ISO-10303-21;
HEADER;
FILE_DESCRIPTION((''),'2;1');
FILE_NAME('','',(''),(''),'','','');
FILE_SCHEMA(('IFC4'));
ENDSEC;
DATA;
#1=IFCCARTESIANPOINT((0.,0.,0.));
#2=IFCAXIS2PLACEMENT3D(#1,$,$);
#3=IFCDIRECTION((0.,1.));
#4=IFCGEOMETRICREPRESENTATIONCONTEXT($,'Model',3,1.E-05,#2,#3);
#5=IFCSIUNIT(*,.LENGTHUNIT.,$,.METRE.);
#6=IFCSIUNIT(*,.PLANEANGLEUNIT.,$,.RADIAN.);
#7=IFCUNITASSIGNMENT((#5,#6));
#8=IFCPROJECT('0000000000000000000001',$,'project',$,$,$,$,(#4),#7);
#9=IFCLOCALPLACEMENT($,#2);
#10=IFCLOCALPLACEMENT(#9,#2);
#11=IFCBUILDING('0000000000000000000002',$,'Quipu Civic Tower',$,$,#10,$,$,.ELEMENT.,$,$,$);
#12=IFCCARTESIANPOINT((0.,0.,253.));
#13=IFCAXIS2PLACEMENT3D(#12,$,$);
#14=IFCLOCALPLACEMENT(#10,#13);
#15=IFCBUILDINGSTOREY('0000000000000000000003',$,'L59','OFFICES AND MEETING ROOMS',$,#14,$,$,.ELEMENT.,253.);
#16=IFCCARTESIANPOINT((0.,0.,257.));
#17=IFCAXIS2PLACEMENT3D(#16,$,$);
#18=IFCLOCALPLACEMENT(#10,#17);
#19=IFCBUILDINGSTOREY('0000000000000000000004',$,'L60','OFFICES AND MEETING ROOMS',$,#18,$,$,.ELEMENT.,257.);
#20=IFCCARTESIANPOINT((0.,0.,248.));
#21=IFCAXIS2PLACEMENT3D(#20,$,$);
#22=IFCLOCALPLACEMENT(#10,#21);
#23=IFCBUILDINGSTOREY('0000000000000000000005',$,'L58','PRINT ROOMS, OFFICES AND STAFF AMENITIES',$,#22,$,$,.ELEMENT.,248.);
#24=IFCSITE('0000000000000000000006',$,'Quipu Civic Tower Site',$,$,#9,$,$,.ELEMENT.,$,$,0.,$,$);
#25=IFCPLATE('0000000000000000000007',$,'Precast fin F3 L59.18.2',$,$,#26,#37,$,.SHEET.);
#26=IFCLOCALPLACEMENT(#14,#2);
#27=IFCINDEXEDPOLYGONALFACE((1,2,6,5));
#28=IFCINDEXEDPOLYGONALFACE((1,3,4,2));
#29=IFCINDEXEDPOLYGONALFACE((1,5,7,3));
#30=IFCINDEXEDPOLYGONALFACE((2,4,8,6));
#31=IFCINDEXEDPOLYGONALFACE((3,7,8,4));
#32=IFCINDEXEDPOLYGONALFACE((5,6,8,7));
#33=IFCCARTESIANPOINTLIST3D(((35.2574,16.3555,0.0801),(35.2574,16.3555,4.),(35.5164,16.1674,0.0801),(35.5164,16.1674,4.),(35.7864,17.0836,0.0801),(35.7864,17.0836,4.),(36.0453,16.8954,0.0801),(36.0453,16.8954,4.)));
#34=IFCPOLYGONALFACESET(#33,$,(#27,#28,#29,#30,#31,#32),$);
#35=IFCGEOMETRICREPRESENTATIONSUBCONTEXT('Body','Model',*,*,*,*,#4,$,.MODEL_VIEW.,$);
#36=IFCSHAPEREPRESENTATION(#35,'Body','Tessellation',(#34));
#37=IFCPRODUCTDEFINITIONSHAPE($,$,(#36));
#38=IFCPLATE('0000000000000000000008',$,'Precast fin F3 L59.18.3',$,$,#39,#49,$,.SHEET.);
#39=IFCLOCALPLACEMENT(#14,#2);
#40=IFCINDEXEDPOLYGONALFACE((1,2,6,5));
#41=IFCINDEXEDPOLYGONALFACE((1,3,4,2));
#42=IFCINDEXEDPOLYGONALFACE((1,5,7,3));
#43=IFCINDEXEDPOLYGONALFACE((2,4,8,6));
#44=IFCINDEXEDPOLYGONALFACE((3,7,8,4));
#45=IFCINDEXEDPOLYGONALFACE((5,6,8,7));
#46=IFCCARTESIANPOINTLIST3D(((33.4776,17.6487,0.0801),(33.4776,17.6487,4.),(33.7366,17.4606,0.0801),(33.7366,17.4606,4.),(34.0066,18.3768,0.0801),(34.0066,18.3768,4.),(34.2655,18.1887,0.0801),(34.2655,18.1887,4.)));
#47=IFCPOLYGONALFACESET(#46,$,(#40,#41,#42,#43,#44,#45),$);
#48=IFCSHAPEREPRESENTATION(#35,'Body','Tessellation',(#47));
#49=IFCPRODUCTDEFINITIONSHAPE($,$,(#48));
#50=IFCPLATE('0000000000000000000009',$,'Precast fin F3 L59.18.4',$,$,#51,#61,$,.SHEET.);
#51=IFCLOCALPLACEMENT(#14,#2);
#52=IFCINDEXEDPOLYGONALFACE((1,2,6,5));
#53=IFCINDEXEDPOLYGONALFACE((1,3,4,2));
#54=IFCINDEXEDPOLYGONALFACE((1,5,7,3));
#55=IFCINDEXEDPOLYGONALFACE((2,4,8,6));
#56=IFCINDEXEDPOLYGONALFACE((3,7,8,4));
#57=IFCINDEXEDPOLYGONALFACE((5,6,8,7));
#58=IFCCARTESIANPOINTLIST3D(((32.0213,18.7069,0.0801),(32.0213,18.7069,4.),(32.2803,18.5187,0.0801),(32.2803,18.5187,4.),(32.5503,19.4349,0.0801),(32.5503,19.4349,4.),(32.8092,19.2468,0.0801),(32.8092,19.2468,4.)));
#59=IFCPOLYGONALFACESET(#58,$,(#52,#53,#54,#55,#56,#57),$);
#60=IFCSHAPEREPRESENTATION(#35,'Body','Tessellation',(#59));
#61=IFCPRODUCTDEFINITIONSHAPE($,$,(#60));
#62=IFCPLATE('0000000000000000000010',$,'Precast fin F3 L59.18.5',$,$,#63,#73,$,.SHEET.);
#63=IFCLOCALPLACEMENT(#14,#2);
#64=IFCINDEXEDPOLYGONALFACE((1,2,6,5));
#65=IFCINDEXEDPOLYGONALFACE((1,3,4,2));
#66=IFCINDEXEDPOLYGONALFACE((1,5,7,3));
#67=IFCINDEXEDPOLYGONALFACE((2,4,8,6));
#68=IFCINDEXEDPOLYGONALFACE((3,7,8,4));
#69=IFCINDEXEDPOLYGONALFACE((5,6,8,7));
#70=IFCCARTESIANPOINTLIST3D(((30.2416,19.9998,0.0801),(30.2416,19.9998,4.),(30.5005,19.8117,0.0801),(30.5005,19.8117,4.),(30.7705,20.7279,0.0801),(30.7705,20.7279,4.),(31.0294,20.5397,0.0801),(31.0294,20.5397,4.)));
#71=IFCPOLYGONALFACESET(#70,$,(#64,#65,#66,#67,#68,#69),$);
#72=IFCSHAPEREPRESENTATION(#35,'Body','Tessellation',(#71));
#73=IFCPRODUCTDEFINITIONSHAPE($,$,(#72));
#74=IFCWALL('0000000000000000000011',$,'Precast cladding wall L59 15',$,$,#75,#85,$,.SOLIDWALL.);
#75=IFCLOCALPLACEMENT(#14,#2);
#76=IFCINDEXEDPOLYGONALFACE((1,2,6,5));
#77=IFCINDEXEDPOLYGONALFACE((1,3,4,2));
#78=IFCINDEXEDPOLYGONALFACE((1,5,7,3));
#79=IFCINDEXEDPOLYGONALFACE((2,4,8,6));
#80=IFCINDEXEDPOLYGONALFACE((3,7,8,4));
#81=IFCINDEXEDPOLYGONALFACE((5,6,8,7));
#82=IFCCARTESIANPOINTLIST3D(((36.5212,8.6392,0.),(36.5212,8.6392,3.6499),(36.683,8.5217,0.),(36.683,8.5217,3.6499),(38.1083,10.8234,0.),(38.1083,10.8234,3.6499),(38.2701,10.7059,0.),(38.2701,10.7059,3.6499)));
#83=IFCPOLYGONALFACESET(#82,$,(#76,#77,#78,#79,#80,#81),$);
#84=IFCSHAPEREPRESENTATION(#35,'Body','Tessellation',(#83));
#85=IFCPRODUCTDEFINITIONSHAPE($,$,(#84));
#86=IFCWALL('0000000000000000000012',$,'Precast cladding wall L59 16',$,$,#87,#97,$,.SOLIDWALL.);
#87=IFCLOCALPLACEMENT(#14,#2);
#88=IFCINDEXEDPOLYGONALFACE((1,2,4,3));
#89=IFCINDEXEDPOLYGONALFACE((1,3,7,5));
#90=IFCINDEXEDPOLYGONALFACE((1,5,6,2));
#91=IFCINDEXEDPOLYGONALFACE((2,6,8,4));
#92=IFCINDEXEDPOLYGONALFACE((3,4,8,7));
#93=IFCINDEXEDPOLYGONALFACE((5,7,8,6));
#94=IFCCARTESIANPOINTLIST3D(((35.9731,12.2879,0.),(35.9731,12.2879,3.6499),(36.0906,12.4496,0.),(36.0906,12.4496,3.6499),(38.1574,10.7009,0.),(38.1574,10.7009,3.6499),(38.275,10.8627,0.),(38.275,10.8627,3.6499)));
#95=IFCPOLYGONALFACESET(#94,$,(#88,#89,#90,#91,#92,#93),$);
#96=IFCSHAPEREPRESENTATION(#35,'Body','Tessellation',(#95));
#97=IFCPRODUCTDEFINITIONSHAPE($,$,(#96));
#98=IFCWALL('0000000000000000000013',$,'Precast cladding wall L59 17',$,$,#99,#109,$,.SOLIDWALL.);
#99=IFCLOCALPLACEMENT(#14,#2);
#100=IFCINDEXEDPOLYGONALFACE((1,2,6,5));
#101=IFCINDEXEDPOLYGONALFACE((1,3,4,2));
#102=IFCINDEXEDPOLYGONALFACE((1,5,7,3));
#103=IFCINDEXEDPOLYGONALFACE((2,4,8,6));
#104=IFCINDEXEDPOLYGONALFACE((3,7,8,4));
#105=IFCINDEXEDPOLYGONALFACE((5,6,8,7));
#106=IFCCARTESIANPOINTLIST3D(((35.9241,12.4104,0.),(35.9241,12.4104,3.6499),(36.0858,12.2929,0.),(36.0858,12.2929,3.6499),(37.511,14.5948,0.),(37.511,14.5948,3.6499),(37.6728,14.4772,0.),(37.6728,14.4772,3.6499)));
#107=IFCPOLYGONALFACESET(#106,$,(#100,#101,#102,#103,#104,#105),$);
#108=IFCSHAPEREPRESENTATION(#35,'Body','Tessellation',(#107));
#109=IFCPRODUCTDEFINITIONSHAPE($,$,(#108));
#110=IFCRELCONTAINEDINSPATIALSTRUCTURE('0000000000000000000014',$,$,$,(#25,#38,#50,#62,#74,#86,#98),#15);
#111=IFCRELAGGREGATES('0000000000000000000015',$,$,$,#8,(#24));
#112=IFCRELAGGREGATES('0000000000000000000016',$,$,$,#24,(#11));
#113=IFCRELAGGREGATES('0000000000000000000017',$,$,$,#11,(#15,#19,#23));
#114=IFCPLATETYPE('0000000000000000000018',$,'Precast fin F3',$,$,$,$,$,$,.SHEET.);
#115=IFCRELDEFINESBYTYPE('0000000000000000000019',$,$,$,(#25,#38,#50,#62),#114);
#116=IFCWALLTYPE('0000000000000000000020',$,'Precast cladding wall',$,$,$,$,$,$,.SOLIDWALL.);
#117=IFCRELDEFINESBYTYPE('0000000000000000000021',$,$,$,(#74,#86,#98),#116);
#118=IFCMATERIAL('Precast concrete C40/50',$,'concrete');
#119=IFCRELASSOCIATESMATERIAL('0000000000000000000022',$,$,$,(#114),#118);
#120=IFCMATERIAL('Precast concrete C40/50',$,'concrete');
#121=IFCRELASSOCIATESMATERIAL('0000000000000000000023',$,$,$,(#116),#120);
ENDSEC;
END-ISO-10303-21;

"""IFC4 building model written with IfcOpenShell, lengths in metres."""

from ifc_helpers import new_model, si_unit, direction, frame, frame_2d, origin, origin_2d, place, context, subcontext, project, spatial, rectangle, extrude, material, type_object, element, save


model = new_model("IFC4")

# Units and contexts
model_context = context("Model", 3, precision=1e-05, world=origin(), true_north=direction((0.0, 1.0)))
body_context = subcontext(model_context, "Body", "Model", "MODEL_VIEW")
ifc_project = project(units=[si_unit("LENGTHUNIT", "METRE"), si_unit("PLANEANGLEUNIT", "RADIAN")], contexts=[model_context])

# Site, building, storey
site_placement = place(None, origin())
site = spatial("IfcSite", under=ifc_project, at=site_placement, Name="Quipu Civic Tower Site", CompositionType="ELEMENT", RefElevation=0.0)
building_placement = place(site_placement, origin())
building = spatial("IfcBuilding", under=site, at=building_placement, Name="Quipu Civic Tower", CompositionType="ELEMENT")
storey_1_placement = place(building_placement, frame((0.0, 0.0, 253.0)))
storey_1 = spatial("IfcBuildingStorey", under=building, at=storey_1_placement, Name="L59", Description="OFFICES AND MEETING ROOMS", CompositionType="ELEMENT", Elevation=253.0)

# Shared definitions
storey_2_placement = place(building_placement, frame((0.0, 0.0, 257.0)))
storey_2 = spatial("IfcBuildingStorey", under=building, at=storey_2_placement, Name="L60", Description="OFFICES AND MEETING ROOMS", CompositionType="ELEMENT", Elevation=257.0)

# Shared definitions
storey_3_placement = place(building_placement, frame((0.0, 0.0, 248.0)))
storey_3 = spatial("IfcBuildingStorey", under=building, at=storey_3_placement, Name="L58", Description="PRINT ROOMS, OFFICES AND STAFF AMENITIES", CompositionType="ELEMENT", Elevation=248.0)

# Plates
ifc_material_1 = material(Name="Precast concrete C40/50", Category="concrete")
plate_type_1 = type_object("IfcPlateType", Name="Precast fin F3", PredefinedType="SHEET", material=ifc_material_1)
for number, where, z_axis, x_axis, name in (
    (1, (35.6514, 16.6255, 0.0801), (0.0, 0.0, 1.0), (-0.809017, 0.587785, 0.0), "Precast fin F3 L59.18.2"),
    (2, (33.8716, 17.9187, 0.0801), (0.0, 0.0, 1.0), (-0.809017, 0.587785, 0.0), "Precast fin F3 L59.18.3"),
    (3, (32.4153, 18.9768, 0.0801), (0.0, 0.0, 1.0), (-0.809017, 0.587785, 0.0), "Precast fin F3 L59.18.4"),
    (4, (30.6355, 20.2698, 0.0801), (0.0, 0.0, 1.0), (-0.809017, 0.587785, 0.0), "Precast fin F3 L59.18.5"),
):
    element("IfcPlate", number, at=place(storey_1_placement, frame(where, z_axis=z_axis, x_axis=x_axis)), inside=storey_1, type_object=plate_type_1, Name=name, PredefinedType="SHEET", context=body_context, shape_type="SweptSolid", body=[
        extrude(rectangle(XDim=0.3201, YDim=0.8999, at=origin_2d()), origin(), (0.0, 0.0, 1.0), 3.9199),
    ])

# Walls
ifc_material_2 = material(Name="Precast concrete C40/50", Category="concrete")
wall_type = type_object("IfcWallType", Name="Precast cladding wall", PredefinedType="SOLIDWALL", material=ifc_material_2)
for number, where, z_axis, x_axis, name in (
    (5, (36.6021, 8.5803, 0.0), (0.0, 0.0, 1.0), (0.587822, 0.80899, 0.0), "Precast cladding wall L59 15"),
    (6, (38.2163, 10.7817, 0.0), (0.0, 0.0, 1.0), (-0.809033, 0.587763, 0.0), "Precast cladding wall L59 16"),
    (7, (36.0049, 12.3516, 0.0), (0.0, 0.0, 1.0), (0.587763, 0.809033, 0.0), "Precast cladding wall L59 17"),
):
    element("IfcWall", number, at=place(storey_1_placement, frame(where, z_axis=z_axis, x_axis=x_axis)), inside=storey_1, type_object=wall_type, Name=name, PredefinedType="SOLIDWALL", context=body_context, shape_type="SweptSolid", body=[
        extrude(rectangle(XDim=2.7, YDim=0.2, at=frame_2d((1.3501, 0.0))), origin(), (0.0, 0.0, 1.0), 3.6499),
    ])

save(model, "model.ifc")
